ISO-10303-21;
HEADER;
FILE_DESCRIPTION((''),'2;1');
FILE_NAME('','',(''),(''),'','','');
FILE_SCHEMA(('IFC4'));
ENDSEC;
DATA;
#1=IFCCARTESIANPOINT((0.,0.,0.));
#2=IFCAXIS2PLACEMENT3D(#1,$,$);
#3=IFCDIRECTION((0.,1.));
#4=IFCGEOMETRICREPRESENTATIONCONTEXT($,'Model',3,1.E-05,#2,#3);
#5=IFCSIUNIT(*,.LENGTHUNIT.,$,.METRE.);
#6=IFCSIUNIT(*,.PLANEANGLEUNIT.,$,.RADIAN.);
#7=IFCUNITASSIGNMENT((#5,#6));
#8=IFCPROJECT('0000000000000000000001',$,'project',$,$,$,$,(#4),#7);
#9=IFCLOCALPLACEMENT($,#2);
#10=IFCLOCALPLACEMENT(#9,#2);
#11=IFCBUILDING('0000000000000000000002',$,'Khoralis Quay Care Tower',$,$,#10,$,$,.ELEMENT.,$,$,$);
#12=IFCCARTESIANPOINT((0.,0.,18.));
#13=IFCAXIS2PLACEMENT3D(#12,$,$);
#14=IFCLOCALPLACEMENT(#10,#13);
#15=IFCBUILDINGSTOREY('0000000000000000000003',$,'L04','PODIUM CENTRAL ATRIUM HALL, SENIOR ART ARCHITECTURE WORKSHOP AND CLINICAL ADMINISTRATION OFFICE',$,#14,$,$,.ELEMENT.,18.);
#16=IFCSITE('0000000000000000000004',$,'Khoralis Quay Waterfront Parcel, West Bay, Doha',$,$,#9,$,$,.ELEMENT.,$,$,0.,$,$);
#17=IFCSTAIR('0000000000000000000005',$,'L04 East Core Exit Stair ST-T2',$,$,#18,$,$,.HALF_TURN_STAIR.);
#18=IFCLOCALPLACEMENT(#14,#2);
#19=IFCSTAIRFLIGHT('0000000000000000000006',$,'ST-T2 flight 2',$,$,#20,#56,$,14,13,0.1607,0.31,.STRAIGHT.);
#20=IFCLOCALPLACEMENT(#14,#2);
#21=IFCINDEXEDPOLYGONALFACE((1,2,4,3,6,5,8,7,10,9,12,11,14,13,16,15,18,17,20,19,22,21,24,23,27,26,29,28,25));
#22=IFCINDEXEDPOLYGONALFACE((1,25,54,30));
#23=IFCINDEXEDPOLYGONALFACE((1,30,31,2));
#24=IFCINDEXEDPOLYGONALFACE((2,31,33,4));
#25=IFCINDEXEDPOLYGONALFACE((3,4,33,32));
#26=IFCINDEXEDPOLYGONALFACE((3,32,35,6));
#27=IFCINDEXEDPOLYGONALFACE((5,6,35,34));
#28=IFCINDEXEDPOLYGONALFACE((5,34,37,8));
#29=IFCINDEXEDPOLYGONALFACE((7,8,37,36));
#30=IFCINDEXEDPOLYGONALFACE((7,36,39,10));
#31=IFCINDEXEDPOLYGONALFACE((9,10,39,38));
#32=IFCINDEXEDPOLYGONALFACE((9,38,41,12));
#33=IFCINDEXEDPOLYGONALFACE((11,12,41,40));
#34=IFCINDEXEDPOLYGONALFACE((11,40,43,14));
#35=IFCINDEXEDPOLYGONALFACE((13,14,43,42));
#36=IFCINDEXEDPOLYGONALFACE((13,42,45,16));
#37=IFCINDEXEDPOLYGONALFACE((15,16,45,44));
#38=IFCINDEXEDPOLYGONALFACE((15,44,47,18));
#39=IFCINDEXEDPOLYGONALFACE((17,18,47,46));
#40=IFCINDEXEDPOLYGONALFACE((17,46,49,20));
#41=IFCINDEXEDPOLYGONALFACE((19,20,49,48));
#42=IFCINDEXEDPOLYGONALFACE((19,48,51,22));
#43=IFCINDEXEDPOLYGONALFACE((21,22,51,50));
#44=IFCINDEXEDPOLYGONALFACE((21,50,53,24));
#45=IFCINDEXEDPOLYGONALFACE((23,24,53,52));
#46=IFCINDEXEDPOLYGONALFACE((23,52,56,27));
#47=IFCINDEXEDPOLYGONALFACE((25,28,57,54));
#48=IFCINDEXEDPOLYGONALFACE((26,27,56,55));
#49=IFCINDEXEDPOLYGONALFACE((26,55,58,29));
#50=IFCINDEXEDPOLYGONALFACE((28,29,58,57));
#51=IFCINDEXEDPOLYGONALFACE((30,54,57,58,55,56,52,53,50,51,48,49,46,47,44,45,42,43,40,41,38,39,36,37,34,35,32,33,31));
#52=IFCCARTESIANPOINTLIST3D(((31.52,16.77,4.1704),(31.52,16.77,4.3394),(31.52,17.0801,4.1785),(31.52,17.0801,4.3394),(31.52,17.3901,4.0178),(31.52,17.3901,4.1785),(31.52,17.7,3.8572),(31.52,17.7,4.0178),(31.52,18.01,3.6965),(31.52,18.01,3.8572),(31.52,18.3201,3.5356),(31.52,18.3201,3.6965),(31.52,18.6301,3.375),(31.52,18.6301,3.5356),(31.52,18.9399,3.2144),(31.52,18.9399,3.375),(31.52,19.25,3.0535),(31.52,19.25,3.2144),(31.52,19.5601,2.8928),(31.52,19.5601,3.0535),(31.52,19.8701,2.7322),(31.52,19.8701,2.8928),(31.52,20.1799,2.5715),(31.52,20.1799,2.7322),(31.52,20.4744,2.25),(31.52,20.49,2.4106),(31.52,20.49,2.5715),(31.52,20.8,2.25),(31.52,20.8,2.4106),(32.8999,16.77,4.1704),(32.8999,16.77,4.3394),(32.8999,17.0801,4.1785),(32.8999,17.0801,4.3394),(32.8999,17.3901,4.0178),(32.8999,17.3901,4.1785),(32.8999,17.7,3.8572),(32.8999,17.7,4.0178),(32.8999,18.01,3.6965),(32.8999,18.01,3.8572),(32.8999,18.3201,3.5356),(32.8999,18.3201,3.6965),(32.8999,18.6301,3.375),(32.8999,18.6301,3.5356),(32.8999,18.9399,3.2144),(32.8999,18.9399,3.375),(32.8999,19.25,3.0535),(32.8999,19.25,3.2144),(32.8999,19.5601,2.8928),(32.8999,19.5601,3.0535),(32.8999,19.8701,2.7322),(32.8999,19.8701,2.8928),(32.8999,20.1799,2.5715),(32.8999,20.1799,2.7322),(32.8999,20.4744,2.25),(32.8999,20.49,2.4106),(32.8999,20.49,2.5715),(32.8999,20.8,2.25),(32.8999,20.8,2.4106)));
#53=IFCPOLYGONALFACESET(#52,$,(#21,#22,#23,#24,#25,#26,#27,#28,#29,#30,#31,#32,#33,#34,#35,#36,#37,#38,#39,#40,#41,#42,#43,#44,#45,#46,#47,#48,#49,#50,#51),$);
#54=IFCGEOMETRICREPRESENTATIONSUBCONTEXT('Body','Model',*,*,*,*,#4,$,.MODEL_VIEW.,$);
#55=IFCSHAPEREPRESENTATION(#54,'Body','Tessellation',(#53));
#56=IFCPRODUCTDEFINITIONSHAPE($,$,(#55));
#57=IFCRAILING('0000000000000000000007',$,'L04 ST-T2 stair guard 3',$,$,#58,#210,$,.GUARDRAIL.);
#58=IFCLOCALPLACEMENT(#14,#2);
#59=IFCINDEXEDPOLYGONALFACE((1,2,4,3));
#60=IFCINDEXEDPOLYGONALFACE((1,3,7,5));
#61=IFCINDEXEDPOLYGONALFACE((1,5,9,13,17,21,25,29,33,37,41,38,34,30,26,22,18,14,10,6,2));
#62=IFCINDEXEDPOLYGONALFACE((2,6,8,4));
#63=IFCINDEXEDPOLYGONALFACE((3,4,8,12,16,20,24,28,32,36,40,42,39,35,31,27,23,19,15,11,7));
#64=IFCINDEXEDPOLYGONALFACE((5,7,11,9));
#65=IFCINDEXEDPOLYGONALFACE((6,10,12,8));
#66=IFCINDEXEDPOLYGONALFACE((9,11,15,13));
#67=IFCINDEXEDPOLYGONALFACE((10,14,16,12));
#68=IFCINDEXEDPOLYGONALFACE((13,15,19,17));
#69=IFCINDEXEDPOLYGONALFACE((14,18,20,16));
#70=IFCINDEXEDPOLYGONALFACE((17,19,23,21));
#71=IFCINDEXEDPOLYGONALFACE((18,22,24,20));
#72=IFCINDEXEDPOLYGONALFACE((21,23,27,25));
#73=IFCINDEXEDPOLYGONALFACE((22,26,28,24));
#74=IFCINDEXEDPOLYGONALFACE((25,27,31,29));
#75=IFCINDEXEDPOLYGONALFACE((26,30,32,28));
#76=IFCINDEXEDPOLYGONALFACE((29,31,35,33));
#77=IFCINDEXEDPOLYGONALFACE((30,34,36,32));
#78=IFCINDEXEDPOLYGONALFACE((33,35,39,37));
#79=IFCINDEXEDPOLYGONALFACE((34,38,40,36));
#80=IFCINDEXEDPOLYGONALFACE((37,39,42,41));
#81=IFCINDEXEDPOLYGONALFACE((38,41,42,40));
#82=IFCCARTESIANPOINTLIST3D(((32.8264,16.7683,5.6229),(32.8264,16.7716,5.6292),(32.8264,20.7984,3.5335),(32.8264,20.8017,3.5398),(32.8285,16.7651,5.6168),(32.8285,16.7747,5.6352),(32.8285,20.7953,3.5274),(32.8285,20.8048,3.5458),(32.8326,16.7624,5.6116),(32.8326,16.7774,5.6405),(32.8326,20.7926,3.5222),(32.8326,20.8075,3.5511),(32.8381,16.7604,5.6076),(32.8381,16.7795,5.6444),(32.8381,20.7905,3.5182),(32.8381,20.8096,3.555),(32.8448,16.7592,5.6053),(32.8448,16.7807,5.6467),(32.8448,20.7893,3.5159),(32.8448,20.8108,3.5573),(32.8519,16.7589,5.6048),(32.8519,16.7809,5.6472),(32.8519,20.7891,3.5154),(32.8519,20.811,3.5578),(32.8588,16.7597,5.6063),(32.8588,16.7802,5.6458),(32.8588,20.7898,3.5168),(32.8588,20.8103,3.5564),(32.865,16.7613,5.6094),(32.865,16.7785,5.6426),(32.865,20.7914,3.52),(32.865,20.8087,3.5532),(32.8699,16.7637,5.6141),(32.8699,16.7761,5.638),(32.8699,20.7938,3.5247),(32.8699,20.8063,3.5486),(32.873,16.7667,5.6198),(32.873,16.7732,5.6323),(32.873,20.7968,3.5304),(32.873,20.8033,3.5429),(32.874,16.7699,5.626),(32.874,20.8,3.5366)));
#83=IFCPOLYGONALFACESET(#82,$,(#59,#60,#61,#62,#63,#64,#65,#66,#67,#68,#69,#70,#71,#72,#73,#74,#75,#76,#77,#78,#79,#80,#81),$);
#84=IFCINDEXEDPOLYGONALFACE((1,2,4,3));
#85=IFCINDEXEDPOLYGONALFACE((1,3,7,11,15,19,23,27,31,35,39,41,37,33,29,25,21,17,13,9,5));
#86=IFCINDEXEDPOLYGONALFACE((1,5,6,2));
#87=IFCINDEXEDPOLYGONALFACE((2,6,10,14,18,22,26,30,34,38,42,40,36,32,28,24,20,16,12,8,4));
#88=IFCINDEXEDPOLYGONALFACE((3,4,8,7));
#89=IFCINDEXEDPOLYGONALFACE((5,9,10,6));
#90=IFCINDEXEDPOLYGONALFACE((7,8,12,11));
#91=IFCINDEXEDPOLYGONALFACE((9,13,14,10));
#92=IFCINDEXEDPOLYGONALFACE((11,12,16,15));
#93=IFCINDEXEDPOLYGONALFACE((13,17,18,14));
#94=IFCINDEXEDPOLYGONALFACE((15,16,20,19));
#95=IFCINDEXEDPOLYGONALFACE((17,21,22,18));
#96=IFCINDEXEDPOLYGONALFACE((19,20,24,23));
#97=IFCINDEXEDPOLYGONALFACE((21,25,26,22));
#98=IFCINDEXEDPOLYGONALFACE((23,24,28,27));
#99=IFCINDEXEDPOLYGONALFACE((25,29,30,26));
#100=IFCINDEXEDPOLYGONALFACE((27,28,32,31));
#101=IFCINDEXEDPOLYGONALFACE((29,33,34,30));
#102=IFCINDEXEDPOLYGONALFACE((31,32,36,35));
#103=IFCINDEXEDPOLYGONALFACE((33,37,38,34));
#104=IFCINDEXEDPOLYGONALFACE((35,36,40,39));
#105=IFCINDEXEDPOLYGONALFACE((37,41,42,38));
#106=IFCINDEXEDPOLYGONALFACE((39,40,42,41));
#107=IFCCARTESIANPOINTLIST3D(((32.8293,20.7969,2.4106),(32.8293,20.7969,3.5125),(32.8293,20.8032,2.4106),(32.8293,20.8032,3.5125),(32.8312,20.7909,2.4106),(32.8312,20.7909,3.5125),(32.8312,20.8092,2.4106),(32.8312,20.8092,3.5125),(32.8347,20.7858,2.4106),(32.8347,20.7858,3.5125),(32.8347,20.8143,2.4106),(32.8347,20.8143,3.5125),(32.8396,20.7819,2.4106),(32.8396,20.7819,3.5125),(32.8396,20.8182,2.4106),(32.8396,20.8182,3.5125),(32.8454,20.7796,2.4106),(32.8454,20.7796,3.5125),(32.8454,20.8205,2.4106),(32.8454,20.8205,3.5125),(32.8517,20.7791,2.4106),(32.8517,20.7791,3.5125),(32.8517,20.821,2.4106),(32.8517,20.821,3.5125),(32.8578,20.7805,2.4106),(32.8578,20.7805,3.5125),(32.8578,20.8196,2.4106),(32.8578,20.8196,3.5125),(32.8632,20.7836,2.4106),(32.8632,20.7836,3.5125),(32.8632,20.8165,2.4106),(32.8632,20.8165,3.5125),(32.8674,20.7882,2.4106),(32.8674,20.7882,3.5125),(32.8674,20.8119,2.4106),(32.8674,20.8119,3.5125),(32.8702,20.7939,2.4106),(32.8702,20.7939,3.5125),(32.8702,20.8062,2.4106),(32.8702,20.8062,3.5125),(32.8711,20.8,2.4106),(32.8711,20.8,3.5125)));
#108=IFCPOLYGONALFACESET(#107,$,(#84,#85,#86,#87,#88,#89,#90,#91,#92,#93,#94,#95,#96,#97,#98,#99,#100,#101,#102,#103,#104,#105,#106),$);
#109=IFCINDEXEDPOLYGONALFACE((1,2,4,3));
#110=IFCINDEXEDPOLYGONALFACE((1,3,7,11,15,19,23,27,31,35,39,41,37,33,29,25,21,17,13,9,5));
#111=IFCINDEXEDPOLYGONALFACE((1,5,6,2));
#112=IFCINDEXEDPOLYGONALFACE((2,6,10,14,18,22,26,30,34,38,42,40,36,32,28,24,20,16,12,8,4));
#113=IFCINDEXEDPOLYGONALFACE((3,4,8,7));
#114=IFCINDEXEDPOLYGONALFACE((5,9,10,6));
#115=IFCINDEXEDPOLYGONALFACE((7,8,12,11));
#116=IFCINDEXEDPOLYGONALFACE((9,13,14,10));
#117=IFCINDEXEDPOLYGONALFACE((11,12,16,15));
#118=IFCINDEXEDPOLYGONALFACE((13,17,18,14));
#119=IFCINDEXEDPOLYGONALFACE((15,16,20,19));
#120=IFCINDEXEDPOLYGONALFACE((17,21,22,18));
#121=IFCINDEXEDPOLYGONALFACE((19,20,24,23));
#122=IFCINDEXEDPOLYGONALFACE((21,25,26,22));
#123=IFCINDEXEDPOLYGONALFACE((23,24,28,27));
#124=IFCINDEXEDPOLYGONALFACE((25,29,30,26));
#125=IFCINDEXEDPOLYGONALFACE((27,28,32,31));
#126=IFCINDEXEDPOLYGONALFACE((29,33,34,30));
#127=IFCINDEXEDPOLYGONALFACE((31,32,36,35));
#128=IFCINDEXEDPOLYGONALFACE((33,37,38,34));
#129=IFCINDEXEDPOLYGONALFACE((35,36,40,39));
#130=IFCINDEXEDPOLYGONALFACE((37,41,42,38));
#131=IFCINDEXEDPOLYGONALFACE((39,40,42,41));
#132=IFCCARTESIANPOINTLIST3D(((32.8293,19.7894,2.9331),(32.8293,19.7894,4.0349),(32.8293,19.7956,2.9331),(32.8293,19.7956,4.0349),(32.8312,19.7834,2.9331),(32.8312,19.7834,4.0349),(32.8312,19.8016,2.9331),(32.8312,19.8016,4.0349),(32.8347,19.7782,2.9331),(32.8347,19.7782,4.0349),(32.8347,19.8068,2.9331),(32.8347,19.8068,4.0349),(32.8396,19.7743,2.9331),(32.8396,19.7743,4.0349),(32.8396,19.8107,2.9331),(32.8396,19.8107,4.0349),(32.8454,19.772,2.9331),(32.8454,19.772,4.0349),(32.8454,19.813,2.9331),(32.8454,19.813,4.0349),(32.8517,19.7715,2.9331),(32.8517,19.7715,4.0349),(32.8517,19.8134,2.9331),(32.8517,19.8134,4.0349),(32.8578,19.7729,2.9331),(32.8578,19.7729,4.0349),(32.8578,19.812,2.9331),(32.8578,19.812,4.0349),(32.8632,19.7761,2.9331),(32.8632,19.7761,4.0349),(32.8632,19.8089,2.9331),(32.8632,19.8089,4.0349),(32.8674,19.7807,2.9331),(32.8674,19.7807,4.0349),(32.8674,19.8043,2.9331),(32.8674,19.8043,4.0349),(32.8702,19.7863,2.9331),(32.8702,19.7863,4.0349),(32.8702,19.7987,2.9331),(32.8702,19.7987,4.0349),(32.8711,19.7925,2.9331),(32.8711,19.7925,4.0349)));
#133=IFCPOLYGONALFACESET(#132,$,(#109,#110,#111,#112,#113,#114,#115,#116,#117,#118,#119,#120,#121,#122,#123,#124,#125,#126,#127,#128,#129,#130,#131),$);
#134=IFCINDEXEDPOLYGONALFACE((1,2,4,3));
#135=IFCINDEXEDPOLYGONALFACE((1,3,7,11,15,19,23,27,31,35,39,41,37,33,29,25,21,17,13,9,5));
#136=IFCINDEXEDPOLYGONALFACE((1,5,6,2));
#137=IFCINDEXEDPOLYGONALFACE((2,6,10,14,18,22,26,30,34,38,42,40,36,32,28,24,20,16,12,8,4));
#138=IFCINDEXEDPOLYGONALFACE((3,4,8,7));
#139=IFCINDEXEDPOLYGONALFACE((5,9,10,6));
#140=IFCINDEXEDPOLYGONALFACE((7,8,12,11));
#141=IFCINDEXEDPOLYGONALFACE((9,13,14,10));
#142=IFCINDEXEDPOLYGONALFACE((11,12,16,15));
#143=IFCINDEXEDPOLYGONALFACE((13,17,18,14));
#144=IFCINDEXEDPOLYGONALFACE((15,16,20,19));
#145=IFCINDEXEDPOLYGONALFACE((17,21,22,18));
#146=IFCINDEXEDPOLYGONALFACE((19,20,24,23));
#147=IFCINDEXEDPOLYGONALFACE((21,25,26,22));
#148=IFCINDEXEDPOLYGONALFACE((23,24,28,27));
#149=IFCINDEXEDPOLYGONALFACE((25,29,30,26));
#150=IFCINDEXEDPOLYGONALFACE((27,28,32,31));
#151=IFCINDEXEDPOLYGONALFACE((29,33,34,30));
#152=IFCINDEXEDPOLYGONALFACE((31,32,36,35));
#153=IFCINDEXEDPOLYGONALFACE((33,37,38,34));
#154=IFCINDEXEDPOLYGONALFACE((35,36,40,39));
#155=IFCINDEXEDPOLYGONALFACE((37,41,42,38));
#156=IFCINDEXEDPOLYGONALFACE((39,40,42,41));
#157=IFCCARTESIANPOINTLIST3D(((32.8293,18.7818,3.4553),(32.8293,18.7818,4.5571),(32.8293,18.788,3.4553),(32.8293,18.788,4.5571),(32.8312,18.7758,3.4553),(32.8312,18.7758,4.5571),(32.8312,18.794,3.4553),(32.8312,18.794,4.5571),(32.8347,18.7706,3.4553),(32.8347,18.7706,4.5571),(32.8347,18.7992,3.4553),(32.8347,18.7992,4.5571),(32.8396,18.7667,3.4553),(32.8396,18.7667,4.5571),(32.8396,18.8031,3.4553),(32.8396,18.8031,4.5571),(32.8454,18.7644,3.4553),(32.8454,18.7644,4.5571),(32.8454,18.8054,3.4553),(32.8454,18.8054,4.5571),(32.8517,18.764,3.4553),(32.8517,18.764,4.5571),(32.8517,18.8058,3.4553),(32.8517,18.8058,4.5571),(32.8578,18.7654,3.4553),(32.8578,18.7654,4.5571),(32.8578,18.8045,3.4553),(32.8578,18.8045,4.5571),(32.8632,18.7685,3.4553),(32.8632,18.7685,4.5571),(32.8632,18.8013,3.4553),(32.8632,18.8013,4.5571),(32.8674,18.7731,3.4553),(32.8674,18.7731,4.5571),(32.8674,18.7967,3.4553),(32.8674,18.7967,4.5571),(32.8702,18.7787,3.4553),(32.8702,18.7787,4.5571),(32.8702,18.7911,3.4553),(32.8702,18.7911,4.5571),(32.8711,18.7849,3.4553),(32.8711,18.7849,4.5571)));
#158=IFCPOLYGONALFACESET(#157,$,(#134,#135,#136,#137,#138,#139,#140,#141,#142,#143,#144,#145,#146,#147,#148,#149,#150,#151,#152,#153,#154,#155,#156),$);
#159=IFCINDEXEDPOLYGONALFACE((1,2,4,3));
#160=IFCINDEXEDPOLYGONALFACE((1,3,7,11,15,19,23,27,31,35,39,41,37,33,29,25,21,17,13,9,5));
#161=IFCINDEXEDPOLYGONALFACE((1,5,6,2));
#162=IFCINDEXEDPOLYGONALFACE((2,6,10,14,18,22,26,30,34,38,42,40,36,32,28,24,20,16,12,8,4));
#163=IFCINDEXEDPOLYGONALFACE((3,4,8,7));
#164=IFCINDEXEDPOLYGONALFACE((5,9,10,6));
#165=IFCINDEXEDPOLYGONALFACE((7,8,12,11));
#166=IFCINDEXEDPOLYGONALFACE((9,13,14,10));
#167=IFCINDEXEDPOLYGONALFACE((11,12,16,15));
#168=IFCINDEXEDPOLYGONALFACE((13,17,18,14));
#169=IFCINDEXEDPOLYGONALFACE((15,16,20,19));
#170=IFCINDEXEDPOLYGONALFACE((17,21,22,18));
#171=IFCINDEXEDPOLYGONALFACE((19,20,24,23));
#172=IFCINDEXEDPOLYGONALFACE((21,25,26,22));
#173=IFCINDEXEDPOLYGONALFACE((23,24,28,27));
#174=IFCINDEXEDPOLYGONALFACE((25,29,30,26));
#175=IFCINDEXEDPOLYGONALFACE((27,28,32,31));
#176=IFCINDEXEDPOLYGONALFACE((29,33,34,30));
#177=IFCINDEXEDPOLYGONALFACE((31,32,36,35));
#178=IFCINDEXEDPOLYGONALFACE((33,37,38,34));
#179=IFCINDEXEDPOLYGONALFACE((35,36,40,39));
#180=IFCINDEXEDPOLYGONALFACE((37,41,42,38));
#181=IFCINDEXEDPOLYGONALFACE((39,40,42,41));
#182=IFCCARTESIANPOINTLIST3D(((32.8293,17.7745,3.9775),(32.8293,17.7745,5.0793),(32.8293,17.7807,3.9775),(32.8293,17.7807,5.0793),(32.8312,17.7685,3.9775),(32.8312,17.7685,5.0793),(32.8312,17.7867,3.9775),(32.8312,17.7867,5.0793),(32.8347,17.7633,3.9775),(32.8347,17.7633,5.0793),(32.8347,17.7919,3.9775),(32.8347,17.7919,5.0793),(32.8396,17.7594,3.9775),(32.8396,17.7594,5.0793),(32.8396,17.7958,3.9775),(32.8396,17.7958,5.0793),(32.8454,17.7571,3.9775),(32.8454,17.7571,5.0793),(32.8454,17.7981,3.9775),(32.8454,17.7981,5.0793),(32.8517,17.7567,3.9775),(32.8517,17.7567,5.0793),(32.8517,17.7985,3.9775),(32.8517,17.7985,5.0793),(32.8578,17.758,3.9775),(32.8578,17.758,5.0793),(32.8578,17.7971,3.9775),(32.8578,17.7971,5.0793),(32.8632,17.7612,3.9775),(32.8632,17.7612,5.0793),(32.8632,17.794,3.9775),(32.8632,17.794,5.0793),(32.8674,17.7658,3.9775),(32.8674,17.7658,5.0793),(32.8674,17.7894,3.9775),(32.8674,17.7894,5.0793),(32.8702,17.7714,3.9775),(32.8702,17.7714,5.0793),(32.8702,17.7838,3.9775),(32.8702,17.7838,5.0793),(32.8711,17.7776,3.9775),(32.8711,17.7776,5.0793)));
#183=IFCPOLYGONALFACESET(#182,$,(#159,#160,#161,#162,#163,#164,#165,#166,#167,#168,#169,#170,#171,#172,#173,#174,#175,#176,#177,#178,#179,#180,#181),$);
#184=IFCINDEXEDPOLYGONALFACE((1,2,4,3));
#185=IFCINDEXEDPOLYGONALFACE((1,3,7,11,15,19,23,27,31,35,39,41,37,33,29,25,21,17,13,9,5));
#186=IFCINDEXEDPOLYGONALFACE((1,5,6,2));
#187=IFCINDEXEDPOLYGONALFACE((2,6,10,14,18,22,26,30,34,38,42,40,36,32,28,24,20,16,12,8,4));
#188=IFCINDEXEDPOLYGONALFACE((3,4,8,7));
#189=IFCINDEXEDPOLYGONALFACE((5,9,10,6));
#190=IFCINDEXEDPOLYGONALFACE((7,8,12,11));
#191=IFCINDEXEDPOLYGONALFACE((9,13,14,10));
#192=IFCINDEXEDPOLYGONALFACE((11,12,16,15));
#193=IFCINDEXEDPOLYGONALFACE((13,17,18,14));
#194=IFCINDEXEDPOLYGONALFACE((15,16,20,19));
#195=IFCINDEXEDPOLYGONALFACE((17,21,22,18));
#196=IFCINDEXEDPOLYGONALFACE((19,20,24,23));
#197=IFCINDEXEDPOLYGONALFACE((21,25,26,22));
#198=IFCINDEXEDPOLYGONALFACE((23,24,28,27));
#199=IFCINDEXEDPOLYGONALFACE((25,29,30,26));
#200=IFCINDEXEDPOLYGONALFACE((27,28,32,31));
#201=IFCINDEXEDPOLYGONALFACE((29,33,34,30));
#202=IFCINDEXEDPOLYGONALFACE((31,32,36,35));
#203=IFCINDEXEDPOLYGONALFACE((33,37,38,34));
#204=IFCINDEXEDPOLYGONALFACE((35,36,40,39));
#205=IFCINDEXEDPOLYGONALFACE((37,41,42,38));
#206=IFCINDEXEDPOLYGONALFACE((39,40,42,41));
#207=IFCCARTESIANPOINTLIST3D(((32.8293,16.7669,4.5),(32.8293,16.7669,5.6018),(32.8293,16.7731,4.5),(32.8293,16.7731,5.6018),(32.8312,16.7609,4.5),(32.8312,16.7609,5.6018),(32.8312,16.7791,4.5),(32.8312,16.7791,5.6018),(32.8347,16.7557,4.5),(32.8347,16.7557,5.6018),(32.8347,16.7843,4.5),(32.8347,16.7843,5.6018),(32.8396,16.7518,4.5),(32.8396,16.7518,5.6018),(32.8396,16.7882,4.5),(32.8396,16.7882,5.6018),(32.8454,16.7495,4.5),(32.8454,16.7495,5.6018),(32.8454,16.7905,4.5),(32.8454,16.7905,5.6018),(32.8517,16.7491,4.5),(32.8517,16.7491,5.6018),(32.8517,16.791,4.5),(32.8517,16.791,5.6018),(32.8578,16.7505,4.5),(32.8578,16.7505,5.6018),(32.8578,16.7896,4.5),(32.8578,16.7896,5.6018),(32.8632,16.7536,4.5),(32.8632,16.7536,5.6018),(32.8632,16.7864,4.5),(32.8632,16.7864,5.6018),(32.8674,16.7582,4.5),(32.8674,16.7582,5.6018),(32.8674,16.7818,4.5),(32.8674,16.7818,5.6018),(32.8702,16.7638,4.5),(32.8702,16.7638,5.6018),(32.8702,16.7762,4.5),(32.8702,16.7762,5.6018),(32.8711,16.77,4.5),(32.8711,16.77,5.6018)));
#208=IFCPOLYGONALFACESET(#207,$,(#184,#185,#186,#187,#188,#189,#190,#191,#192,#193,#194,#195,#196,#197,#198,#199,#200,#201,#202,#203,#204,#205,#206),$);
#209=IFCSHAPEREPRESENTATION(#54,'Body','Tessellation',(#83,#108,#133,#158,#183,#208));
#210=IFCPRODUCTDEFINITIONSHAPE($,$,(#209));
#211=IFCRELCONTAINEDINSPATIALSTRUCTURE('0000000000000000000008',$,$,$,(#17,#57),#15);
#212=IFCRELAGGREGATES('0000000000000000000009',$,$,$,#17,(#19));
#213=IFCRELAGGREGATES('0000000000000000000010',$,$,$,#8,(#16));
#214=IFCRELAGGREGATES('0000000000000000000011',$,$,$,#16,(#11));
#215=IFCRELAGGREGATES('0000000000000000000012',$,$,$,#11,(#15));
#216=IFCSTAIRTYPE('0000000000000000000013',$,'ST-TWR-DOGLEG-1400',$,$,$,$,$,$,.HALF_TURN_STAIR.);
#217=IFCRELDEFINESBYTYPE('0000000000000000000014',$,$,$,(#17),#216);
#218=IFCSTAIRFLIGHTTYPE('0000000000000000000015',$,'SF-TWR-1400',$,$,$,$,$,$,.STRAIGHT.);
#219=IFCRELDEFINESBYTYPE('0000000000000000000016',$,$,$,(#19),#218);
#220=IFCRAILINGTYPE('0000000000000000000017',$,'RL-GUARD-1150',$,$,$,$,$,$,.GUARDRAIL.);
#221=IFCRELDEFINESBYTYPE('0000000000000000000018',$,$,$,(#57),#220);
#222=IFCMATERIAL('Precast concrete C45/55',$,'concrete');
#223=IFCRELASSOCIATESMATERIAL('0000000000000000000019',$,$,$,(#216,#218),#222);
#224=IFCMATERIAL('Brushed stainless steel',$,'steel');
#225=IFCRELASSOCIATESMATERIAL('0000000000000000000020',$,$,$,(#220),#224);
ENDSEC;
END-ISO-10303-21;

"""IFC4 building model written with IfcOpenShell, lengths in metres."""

from ifc_helpers import new_model, si_unit, direction, frame, origin, origin_2d, place, context, subcontext, project, spatial, polyline, circle, outline, extrude, source, transform, mapped, material, type_object, element, aggregate, save


model = new_model("IFC4")

# Units and contexts
model_context = context("Model", 3, precision=1e-05, world=origin(), true_north=direction((0.0, 1.0)))
body_context = subcontext(model_context, "Body", "Model", "MODEL_VIEW")
ifc_project = project(units=[si_unit("LENGTHUNIT", "METRE"), si_unit("PLANEANGLEUNIT", "RADIAN")], contexts=[model_context])

# Site, building, storey
site_placement = place(None, origin())
site = spatial("IfcSite", under=ifc_project, at=site_placement, Name="Khoralis Quay Waterfront Parcel, West Bay, Doha", CompositionType="ELEMENT", RefElevation=0.0)
building_placement = place(site_placement, origin())
building = spatial("IfcBuilding", under=site, at=building_placement, Name="Khoralis Quay Care Tower", CompositionType="ELEMENT")
storey_placement = place(building_placement, frame((0.0, 0.0, 18.0)))
storey = spatial("IfcBuildingStorey", under=building, at=storey_placement, Name="L04", Description="PODIUM CENTRAL ATRIUM HALL, SENIOR ART ARCHITECTURE WORKSHOP AND CLINICAL ADMINISTRATION OFFICE", CompositionType="ELEMENT", Elevation=18.0)

# Shared definitions
ifc_material_1 = material(Name="Brushed stainless steel", Category="steel")

# Stair, stair flight
ifc_material_2 = material(Name="Precast concrete C45/55", Category="concrete")
stair_type = type_object("IfcStairType", Name="ST-TWR-DOGLEG-1400", PredefinedType="HALF_TURN_STAIR", material=ifc_material_2)
stair_placement = place(storey_placement, origin())
stair = element("IfcStair", 1, at=stair_placement, inside=storey, type_object=stair_type, Name="L04 East Core Exit Stair ST-T2", PredefinedType="HALF_TURN_STAIR")
stair_flight_type = type_object("IfcStairFlightType", Name="SF-TWR-1400", PredefinedType="STRAIGHT", material=ifc_material_2)
shared_shape_1 = source(origin(), body_context, "Body", "SweptSolid", [
    extrude(outline(polyline([(0.0, 0.0), (0.0, 0.1606), (0.3101, 0.1606), (0.3101, 0.3215), (0.6201, 0.3215), (0.6201, 0.4822), (0.9299, 0.4822), (0.9299, 0.6428), (1.24, 0.6428), (1.24, 0.8035), (1.55, 0.8035), (1.55, 0.9644), (1.8601, 0.9644), (1.8601, 1.125), (2.1699, 1.125), (2.1699, 1.2856), (2.48, 1.2856), (2.48, 1.4465), (2.79, 1.4465), (2.79, 1.6072), (3.1001, 1.6072), (3.1001, 1.7678), (3.4099, 1.7678), (3.4099, 1.9285), (3.72, 1.9285), (3.72, 2.0894), (4.03, 2.0894), (4.03, 2.25), (4.03, 1.9204), (0.3257, 0.0), (0.0, 0.0)])), frame((0.0, 0.6899, 0.0), z_axis=(0.0, -1.0, 0.0), x_axis=(1.0, 0.0, 0.0)), (0.0, 0.0, 1.0), 1.3799),
])
stair_flight_placement = place(storey_placement, frame((32.21, 20.8, 2.25), z_axis=(0.0, 0.0, 1.0), x_axis=(0.0, -1.0, 0.0)))
stair_flight = element("IfcStairFlight", 2, at=stair_flight_placement, type_object=stair_flight_type, Name="ST-T2 flight 2", NumberOfRisers=14, NumberOfTreads=13, PredefinedType="STRAIGHT", RiserHeight=0.1607, TreadLength=0.31, context=body_context, shape_type="MappedRepresentation", body=[
    mapped(shared_shape_1, transform((0.0, 0.0, 0.0), scale=1.0)),
])
aggregate(stair, [stair_flight])

# Railing
railing_type_1 = type_object("IfcRailingType", Name="RL-GUARD-1150", PredefinedType="GUARDRAIL", material=ifc_material_1)
railing_1_placement = place(storey_placement, frame((32.8501, 20.8, 2.4106)))
element("IfcRailing", 3, at=railing_1_placement, inside=storey, type_object=railing_type_1, Name="L04 ST-T2 stair guard 3", PredefinedType="GUARDRAIL", context=body_context, shape_type="SweptSolid", body=[
    extrude(circle(Radius=0.0239, at=origin_2d()), frame((0.0, 0.0, 1.126), z_axis=(0.0, -0.887781, 0.460267), x_axis=(1.0, 0.0, 0.0)), (0.0, 0.0, 1.0), 4.5396),
    extrude(circle(Radius=0.021, at=origin_2d()), origin(), (0.0, 0.0, 1.0), 1.1018),
    extrude(circle(Radius=0.021, at=origin_2d()), frame((0.0, -1.0076, 0.5225)), (0.0, 0.0, 1.0), 1.1018),
    extrude(circle(Radius=0.021, at=origin_2d()), frame((0.0, -2.0151, 1.0447)), (0.0, 0.0, 1.0), 1.1018),
    extrude(circle(Radius=0.021, at=origin_2d()), frame((0.0, -3.0225, 1.5669)), (0.0, 0.0, 1.0), 1.1018),
    extrude(circle(Radius=0.021, at=origin_2d()), frame((0.0, -4.03, 2.0894)), (0.0, 0.0, 1.0), 1.1018),
])

save(model, "model.ifc")
